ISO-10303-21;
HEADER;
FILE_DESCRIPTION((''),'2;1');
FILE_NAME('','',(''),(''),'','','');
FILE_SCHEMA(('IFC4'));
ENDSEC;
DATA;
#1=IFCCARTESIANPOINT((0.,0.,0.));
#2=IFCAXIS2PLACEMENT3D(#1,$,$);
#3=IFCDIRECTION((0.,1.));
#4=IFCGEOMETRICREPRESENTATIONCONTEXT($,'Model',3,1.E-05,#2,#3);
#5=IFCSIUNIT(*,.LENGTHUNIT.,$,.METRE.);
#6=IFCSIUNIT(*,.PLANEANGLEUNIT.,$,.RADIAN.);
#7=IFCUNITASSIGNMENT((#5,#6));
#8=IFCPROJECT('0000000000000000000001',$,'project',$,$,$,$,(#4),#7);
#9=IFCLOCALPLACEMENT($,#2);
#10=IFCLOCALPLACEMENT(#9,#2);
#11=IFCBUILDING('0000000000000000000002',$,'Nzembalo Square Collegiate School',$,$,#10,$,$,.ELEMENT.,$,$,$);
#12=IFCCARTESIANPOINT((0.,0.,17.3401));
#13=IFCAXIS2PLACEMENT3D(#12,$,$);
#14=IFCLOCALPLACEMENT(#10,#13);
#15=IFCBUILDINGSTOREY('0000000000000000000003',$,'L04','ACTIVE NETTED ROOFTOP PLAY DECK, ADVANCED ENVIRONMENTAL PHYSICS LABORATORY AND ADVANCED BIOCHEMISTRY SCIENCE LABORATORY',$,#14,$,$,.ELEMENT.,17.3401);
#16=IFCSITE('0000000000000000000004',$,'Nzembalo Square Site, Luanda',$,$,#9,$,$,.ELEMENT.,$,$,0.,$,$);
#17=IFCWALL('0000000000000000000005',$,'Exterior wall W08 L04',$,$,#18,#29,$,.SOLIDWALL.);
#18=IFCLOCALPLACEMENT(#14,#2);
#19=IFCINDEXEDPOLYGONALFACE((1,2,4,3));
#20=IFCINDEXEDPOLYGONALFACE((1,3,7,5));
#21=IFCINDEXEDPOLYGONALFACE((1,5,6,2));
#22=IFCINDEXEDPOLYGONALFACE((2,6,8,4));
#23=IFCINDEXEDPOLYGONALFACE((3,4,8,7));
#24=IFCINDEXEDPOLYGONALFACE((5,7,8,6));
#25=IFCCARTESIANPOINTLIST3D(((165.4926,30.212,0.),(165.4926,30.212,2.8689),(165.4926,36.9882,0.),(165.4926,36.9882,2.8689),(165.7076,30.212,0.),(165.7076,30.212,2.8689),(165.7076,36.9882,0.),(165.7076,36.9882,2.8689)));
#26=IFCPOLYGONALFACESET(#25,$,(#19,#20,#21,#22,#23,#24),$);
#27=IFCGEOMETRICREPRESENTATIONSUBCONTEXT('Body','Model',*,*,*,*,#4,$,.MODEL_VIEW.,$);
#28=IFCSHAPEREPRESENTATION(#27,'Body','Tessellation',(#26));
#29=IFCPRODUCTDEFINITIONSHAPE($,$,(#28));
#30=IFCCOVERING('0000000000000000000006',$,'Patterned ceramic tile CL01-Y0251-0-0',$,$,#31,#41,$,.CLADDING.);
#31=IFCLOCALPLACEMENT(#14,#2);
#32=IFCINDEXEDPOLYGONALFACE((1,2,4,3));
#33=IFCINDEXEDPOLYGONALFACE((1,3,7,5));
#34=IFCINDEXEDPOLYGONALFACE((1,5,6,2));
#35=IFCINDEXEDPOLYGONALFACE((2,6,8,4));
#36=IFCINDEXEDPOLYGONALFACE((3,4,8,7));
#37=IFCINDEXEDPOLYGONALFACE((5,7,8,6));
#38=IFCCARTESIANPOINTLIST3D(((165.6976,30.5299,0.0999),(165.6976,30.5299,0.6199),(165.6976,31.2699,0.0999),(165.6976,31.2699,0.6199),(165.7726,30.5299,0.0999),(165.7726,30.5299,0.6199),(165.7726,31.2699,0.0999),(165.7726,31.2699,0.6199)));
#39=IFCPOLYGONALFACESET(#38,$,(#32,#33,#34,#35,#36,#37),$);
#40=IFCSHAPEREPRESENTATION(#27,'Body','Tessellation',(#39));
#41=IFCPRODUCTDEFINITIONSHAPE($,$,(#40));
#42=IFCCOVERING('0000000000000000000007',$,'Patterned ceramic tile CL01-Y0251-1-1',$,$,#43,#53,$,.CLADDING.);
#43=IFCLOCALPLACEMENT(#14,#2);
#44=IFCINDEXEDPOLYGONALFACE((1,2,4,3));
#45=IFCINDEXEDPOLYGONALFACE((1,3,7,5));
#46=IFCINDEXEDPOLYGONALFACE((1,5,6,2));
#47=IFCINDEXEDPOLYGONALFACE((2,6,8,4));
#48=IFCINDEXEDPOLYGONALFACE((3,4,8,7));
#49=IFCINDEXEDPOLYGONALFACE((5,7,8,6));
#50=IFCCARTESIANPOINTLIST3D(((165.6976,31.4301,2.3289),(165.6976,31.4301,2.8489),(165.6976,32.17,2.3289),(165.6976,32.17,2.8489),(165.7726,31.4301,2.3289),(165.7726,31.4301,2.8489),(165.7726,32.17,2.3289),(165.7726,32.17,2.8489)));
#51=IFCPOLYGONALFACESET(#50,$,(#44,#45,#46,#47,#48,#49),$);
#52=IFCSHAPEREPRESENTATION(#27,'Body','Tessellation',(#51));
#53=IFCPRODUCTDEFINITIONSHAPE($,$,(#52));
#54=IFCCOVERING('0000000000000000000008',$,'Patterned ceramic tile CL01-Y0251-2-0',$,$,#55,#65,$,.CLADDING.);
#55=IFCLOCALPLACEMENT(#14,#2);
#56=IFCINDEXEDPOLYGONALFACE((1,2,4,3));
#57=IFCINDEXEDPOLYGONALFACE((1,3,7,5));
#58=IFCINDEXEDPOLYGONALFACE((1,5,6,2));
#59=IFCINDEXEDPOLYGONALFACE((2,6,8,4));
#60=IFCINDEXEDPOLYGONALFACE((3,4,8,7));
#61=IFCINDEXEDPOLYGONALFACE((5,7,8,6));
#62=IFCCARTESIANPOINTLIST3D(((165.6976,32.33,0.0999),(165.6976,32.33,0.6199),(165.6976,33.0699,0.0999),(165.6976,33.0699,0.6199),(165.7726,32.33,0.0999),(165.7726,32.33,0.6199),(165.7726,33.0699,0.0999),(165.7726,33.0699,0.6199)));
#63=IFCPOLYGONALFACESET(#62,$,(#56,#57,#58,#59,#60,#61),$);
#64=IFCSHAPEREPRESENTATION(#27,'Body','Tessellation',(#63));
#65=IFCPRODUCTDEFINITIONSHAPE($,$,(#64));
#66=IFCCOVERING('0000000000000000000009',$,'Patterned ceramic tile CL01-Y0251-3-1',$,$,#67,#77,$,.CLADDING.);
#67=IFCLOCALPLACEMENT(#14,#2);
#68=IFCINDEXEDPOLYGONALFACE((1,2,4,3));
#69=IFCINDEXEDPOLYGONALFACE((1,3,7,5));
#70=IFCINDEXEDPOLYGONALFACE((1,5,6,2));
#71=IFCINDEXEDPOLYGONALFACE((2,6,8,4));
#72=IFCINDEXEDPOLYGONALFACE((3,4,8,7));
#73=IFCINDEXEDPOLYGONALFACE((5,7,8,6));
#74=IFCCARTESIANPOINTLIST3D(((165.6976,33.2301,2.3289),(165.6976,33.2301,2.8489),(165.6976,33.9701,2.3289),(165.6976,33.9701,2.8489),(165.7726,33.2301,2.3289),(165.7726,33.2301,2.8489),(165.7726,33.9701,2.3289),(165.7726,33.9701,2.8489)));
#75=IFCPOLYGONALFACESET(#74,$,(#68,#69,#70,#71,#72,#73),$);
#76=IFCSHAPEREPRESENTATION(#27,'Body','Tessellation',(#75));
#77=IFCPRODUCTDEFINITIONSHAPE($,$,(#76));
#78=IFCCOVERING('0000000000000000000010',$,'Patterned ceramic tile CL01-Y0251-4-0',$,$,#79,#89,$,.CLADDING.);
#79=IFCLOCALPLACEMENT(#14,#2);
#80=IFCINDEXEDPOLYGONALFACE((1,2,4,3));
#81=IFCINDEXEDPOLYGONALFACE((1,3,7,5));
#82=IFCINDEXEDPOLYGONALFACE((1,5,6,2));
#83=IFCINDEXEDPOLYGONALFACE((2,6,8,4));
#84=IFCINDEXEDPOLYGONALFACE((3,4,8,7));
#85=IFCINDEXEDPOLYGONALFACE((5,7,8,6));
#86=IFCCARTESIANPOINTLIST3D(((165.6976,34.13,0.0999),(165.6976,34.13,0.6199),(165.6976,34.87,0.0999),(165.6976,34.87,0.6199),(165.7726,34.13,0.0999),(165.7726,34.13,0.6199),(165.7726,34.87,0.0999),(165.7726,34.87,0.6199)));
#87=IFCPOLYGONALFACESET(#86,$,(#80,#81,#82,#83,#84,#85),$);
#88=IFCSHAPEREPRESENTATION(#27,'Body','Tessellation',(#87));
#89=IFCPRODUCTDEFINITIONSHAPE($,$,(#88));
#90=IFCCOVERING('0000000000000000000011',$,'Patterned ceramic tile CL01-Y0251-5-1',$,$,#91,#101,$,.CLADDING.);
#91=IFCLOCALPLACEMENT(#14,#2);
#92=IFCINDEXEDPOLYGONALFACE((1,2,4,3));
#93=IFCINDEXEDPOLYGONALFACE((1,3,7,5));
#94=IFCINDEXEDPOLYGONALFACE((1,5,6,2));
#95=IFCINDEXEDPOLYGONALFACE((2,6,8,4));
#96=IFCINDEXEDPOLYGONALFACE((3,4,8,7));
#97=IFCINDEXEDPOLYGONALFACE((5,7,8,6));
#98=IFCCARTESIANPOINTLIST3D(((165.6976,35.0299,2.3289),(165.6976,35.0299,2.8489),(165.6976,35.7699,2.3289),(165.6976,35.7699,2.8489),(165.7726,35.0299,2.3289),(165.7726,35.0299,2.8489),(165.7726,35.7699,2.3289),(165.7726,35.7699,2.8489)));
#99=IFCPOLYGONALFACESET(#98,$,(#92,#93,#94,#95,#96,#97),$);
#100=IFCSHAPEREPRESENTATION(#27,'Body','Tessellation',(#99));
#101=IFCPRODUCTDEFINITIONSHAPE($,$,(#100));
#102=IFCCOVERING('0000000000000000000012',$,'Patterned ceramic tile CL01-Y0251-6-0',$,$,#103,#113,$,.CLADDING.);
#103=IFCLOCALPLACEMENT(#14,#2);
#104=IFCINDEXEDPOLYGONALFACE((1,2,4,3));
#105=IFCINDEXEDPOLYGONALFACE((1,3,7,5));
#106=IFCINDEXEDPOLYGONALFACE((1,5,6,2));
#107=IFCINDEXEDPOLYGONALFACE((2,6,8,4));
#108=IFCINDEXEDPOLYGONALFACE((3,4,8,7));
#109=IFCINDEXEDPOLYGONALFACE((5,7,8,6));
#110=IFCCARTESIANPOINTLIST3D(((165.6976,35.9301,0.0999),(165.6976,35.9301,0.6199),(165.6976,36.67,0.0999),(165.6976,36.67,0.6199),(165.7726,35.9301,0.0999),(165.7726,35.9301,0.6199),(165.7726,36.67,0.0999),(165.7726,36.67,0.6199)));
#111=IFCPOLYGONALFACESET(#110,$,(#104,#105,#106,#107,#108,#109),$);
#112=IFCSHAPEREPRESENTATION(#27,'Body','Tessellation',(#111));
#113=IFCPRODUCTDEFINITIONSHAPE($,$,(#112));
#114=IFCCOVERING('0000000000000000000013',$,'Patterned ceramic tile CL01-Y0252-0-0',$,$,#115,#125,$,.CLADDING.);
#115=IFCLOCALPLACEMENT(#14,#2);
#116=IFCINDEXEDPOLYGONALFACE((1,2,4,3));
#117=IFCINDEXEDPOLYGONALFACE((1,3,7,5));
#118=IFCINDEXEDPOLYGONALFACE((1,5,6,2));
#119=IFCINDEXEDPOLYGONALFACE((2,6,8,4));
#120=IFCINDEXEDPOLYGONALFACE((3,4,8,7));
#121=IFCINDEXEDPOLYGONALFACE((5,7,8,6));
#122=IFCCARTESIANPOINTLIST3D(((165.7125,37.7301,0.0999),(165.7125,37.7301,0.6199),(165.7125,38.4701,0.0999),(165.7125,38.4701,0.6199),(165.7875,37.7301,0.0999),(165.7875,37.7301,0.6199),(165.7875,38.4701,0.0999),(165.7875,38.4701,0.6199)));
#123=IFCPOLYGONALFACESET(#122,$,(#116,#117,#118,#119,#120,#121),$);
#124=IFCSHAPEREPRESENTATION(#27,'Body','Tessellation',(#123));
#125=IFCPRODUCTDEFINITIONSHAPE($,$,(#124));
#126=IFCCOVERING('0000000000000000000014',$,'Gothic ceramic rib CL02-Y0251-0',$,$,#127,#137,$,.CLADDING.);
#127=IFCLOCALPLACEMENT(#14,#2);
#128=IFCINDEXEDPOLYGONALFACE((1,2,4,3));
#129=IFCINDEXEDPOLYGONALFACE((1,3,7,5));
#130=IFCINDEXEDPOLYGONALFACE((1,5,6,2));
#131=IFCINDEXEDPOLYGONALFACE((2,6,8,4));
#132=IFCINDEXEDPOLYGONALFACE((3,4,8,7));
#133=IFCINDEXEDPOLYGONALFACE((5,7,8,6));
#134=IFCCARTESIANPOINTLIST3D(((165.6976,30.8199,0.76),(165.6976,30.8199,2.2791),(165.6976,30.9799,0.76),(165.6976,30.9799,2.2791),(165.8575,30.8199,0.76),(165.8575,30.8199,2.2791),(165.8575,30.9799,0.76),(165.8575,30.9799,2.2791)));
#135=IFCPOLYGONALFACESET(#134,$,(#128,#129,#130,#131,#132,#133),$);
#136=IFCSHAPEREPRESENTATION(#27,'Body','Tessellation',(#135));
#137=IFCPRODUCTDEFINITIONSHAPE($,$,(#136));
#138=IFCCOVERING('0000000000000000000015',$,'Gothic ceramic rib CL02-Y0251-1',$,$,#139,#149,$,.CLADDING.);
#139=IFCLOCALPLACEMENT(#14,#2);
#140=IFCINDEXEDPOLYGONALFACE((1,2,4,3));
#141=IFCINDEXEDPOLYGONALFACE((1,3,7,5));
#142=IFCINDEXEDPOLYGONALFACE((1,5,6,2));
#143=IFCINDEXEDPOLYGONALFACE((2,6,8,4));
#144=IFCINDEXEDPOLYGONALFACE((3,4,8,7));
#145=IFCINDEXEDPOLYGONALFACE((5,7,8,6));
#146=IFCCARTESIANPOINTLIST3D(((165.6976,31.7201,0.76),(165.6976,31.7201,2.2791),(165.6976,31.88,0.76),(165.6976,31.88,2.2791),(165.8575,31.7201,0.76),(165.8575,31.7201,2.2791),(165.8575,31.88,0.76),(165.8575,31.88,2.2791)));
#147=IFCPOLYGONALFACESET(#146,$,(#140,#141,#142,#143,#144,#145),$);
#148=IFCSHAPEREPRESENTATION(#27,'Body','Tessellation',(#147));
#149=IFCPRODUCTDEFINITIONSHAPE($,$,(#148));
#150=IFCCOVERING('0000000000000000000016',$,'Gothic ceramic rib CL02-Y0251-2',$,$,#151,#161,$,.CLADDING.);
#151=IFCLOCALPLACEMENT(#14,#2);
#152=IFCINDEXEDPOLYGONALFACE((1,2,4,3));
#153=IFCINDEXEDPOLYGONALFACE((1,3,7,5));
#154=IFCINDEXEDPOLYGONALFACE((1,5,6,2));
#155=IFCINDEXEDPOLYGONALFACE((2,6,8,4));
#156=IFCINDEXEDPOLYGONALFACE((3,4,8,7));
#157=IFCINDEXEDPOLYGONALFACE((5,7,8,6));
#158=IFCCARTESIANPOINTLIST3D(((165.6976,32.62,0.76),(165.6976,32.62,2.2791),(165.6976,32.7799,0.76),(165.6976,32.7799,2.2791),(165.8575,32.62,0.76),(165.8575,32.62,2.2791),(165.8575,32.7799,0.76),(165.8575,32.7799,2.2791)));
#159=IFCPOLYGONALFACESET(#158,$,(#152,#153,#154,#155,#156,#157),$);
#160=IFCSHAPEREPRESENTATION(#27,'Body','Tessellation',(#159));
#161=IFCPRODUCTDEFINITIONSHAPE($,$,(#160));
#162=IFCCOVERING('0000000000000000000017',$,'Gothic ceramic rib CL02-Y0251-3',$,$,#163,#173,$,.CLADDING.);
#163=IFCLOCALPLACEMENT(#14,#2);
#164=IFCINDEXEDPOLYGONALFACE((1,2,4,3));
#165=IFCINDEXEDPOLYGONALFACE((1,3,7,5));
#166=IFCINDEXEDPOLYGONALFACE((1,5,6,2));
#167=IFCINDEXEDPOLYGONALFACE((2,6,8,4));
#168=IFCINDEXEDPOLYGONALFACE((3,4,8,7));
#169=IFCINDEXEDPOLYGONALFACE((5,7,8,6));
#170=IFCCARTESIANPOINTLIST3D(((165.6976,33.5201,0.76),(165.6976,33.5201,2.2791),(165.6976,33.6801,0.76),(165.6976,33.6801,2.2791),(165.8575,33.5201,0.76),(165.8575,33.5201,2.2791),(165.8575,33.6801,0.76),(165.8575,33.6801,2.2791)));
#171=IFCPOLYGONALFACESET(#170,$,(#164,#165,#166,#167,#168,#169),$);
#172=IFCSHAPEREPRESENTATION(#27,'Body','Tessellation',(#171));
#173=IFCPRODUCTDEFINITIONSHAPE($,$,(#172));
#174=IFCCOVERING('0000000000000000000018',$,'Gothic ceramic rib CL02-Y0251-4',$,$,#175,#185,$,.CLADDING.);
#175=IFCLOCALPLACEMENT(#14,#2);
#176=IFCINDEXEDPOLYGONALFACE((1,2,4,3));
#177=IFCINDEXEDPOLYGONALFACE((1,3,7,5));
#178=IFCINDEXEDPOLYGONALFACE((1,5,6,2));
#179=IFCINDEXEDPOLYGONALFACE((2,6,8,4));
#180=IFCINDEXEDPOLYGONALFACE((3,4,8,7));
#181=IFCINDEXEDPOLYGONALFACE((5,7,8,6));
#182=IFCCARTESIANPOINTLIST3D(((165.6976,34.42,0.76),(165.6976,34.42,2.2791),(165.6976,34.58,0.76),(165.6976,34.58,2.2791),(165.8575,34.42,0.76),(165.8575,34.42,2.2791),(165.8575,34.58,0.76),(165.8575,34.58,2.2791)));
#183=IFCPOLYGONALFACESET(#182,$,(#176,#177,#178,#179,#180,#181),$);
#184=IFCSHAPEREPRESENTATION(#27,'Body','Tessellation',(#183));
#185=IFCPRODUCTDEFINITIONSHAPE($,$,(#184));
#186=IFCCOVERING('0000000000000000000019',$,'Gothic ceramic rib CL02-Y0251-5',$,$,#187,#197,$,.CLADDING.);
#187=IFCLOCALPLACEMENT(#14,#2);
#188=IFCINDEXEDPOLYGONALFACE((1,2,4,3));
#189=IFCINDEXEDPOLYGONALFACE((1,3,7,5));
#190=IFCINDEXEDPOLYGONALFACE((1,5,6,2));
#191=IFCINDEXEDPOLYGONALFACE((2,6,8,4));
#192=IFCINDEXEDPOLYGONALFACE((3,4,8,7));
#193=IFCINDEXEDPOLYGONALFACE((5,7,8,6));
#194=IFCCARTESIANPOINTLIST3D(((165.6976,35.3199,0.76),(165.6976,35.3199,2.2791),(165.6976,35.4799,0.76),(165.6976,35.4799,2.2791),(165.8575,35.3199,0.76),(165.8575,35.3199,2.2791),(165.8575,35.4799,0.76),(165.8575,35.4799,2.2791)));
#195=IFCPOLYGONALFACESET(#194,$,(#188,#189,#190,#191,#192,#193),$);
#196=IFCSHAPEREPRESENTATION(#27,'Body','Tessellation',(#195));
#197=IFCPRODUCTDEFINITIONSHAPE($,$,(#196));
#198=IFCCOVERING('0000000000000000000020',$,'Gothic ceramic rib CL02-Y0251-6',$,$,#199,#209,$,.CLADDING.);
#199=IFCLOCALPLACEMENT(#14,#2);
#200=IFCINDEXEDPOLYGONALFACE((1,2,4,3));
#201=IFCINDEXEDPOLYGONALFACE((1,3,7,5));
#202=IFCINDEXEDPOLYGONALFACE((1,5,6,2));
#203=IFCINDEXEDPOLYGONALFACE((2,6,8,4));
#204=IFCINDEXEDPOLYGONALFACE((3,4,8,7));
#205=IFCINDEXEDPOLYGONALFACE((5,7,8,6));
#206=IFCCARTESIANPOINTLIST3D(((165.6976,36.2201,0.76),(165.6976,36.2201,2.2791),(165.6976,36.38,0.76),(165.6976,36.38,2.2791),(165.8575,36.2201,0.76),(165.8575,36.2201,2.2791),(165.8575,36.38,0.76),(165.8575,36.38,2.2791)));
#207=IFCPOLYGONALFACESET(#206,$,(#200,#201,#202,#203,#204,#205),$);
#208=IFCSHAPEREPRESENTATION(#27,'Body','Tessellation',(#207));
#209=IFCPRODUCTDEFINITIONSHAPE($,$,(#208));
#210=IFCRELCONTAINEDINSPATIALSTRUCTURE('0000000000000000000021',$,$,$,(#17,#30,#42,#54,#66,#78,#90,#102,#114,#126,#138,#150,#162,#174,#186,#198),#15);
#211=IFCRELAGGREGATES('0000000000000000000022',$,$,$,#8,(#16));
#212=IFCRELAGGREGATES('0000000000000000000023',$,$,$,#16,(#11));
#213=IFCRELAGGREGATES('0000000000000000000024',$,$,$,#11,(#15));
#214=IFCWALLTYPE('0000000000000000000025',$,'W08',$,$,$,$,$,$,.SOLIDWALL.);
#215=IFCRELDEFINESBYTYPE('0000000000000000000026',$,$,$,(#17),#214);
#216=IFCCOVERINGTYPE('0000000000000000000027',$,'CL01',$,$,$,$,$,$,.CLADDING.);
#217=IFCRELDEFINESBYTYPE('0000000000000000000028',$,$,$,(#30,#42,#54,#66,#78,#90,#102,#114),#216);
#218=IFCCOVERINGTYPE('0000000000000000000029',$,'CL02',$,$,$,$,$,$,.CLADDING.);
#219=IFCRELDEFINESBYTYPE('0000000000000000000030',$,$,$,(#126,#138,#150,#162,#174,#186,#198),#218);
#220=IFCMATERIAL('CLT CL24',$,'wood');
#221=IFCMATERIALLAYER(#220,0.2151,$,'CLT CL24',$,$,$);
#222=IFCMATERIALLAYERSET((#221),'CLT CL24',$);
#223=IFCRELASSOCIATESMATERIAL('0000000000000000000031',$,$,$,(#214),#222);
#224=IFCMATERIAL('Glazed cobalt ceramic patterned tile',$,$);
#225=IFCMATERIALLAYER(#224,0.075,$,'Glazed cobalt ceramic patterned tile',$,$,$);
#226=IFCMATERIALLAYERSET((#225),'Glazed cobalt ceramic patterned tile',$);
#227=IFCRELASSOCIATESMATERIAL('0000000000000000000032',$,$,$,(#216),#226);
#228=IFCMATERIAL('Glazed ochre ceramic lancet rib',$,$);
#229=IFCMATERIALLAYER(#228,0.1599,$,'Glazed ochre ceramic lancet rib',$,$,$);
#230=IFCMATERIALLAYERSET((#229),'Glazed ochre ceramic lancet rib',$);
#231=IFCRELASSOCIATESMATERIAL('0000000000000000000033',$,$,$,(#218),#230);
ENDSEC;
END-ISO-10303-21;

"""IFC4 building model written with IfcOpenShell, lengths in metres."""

from ifc_helpers import new_model, si_unit, direction, frame, frame_2d, origin, origin_2d, place, context, subcontext, project, spatial, rectangle, extrude, material, layer, layer_set, type_object, element, save


model = new_model("IFC4")

# Units and contexts
model_context = context("Model", 3, precision=1e-05, world=origin(), true_north=direction((0.0, 1.0)))
body_context = subcontext(model_context, "Body", "Model", "MODEL_VIEW")
ifc_project = project(units=[si_unit("LENGTHUNIT", "METRE"), si_unit("PLANEANGLEUNIT", "RADIAN")], contexts=[model_context])

# Site, building, storey
site_placement = place(None, origin())
site = spatial("IfcSite", under=ifc_project, at=site_placement, Name="Nzembalo Square Site, Luanda", CompositionType="ELEMENT", RefElevation=0.0)
building_placement = place(site_placement, origin())
building = spatial("IfcBuilding", under=site, at=building_placement, Name="Nzembalo Square Collegiate School", CompositionType="ELEMENT")
storey_placement = place(building_placement, frame((0.0, 0.0, 17.3401)))
storey = spatial("IfcBuildingStorey", under=building, at=storey_placement, Name="L04", Description="ACTIVE NETTED ROOFTOP PLAY DECK, ADVANCED ENVIRONMENTAL PHYSICS LABORATORY AND ADVANCED BIOCHEMISTRY SCIENCE LABORATORY", CompositionType="ELEMENT", Elevation=17.3401)

# Wall
ifc_material_1 = material(Name="CLT CL24", Category="wood")
ifc_layer_1 = layer(ifc_material_1, 0.2151, Name="CLT CL24")
ifc_layer_set_1 = layer_set([ifc_layer_1], Name="CLT CL24")
wall_type_1 = type_object("IfcWallType", Name="W08", PredefinedType="SOLIDWALL", material=ifc_layer_set_1)
wall_1_placement = place(storey_placement, frame((165.6001, 30.2119, 0.0), z_axis=(0.0, 0.0, 1.0), x_axis=(0.0, 1.0, 0.0)))
element("IfcWall", 1, at=wall_1_placement, inside=storey, type_object=wall_type_1, Name="Exterior wall W08 L04", PredefinedType="SOLIDWALL", context=body_context, shape_type="SweptSolid", body=[
    extrude(rectangle(XDim=6.7761, YDim=0.2151, at=frame_2d((3.3882, 0.0))), origin(), (0.0, 0.0, 1.0), 2.8689),
])

# Coverings
ifc_material_2 = material(Name="Glazed cobalt ceramic patterned tile")
ifc_layer_2 = layer(ifc_material_2, 0.075, Name="Glazed cobalt ceramic patterned tile")
ifc_layer_set_2 = layer_set([ifc_layer_2], Name="Glazed cobalt ceramic patterned tile")
covering_type_1 = type_object("IfcCoveringType", Name="CL01", PredefinedType="CLADDING", material=ifc_layer_set_2)
for number, where, z_axis, x_axis, name in (
    (2, (165.7351, 30.8999, 0.0999), (0.0, 0.0, 1.0), (1.0, 0.0, 0.0), "Patterned ceramic tile CL01-Y0251-0-0"),
    (3, (165.7351, 31.8, 2.3289), (0.0, 0.0, 1.0), (1.0, 0.0, 0.0), "Patterned ceramic tile CL01-Y0251-1-1"),
    (4, (165.7351, 32.7, 0.0999), (0.0, 0.0, 1.0), (1.0, 0.0, 0.0), "Patterned ceramic tile CL01-Y0251-2-0"),
    (5, (165.7351, 33.6001, 2.3289), (0.0, 0.0, 1.0), (1.0, 0.0, 0.0), "Patterned ceramic tile CL01-Y0251-3-1"),
    (6, (165.7351, 34.5, 0.0999), (0.0, 0.0, 1.0), (1.0, 0.0, 0.0), "Patterned ceramic tile CL01-Y0251-4-0"),
    (7, (165.7351, 35.3999, 2.3289), (0.0, 0.0, 1.0), (1.0, 0.0, 0.0), "Patterned ceramic tile CL01-Y0251-5-1"),
    (8, (165.7351, 36.3, 0.0999), (0.0, 0.0, 1.0), (1.0, 0.0, 0.0), "Patterned ceramic tile CL01-Y0251-6-0"),
    (9, (165.75, 38.1001, 0.0999), (0.0, 0.0, 1.0), (1.0, 0.0, 0.0), "Patterned ceramic tile CL01-Y0252-0-0"),
):
    element("IfcCovering", number, at=place(storey_placement, frame(where, z_axis=z_axis, x_axis=x_axis)), inside=storey, type_object=covering_type_1, Name=name, PredefinedType="CLADDING", context=body_context, shape_type="SweptSolid", body=[
        extrude(rectangle(XDim=0.075, YDim=0.74, at=origin_2d()), origin(), (0.0, 0.0, 1.0), 0.52),
    ])
ifc_material_3 = material(Name="Glazed ochre ceramic lancet rib")
ifc_layer_3 = layer(ifc_material_3, 0.1599, Name="Glazed ochre ceramic lancet rib")
ifc_layer_set_3 = layer_set([ifc_layer_3], Name="Glazed ochre ceramic lancet rib")
covering_type_2 = type_object("IfcCoveringType", Name="CL02", PredefinedType="CLADDING", material=ifc_layer_set_3)
for number, where, z_axis, x_axis, name in (
    (10, (165.7776, 30.8999, 0.76), (0.0, 0.0, 1.0), (1.0, 0.0, 0.0), "Gothic ceramic rib CL02-Y0251-0"),
    (11, (165.7776, 31.8, 0.76), (0.0, 0.0, 1.0), (1.0, 0.0, 0.0), "Gothic ceramic rib CL02-Y0251-1"),
    (12, (165.7776, 32.7, 0.76), (0.0, 0.0, 1.0), (1.0, 0.0, 0.0), "Gothic ceramic rib CL02-Y0251-2"),
    (13, (165.7776, 33.6001, 0.76), (0.0, 0.0, 1.0), (1.0, 0.0, 0.0), "Gothic ceramic rib CL02-Y0251-3"),
    (14, (165.7776, 34.5, 0.76), (0.0, 0.0, 1.0), (1.0, 0.0, 0.0), "Gothic ceramic rib CL02-Y0251-4"),
    (15, (165.7776, 35.3999, 0.76), (0.0, 0.0, 1.0), (1.0, 0.0, 0.0), "Gothic ceramic rib CL02-Y0251-5"),
    (16, (165.7776, 36.3, 0.76), (0.0, 0.0, 1.0), (1.0, 0.0, 0.0), "Gothic ceramic rib CL02-Y0251-6"),
):
    element("IfcCovering", number, at=place(storey_placement, frame(where, z_axis=z_axis, x_axis=x_axis)), inside=storey, type_object=covering_type_2, Name=name, PredefinedType="CLADDING", context=body_context, shape_type="SweptSolid", body=[
        extrude(rectangle(XDim=0.1599, YDim=0.1599, at=origin_2d()), origin(), (0.0, 0.0, 1.0), 1.519),
    ])

save(model, "model.ifc")
